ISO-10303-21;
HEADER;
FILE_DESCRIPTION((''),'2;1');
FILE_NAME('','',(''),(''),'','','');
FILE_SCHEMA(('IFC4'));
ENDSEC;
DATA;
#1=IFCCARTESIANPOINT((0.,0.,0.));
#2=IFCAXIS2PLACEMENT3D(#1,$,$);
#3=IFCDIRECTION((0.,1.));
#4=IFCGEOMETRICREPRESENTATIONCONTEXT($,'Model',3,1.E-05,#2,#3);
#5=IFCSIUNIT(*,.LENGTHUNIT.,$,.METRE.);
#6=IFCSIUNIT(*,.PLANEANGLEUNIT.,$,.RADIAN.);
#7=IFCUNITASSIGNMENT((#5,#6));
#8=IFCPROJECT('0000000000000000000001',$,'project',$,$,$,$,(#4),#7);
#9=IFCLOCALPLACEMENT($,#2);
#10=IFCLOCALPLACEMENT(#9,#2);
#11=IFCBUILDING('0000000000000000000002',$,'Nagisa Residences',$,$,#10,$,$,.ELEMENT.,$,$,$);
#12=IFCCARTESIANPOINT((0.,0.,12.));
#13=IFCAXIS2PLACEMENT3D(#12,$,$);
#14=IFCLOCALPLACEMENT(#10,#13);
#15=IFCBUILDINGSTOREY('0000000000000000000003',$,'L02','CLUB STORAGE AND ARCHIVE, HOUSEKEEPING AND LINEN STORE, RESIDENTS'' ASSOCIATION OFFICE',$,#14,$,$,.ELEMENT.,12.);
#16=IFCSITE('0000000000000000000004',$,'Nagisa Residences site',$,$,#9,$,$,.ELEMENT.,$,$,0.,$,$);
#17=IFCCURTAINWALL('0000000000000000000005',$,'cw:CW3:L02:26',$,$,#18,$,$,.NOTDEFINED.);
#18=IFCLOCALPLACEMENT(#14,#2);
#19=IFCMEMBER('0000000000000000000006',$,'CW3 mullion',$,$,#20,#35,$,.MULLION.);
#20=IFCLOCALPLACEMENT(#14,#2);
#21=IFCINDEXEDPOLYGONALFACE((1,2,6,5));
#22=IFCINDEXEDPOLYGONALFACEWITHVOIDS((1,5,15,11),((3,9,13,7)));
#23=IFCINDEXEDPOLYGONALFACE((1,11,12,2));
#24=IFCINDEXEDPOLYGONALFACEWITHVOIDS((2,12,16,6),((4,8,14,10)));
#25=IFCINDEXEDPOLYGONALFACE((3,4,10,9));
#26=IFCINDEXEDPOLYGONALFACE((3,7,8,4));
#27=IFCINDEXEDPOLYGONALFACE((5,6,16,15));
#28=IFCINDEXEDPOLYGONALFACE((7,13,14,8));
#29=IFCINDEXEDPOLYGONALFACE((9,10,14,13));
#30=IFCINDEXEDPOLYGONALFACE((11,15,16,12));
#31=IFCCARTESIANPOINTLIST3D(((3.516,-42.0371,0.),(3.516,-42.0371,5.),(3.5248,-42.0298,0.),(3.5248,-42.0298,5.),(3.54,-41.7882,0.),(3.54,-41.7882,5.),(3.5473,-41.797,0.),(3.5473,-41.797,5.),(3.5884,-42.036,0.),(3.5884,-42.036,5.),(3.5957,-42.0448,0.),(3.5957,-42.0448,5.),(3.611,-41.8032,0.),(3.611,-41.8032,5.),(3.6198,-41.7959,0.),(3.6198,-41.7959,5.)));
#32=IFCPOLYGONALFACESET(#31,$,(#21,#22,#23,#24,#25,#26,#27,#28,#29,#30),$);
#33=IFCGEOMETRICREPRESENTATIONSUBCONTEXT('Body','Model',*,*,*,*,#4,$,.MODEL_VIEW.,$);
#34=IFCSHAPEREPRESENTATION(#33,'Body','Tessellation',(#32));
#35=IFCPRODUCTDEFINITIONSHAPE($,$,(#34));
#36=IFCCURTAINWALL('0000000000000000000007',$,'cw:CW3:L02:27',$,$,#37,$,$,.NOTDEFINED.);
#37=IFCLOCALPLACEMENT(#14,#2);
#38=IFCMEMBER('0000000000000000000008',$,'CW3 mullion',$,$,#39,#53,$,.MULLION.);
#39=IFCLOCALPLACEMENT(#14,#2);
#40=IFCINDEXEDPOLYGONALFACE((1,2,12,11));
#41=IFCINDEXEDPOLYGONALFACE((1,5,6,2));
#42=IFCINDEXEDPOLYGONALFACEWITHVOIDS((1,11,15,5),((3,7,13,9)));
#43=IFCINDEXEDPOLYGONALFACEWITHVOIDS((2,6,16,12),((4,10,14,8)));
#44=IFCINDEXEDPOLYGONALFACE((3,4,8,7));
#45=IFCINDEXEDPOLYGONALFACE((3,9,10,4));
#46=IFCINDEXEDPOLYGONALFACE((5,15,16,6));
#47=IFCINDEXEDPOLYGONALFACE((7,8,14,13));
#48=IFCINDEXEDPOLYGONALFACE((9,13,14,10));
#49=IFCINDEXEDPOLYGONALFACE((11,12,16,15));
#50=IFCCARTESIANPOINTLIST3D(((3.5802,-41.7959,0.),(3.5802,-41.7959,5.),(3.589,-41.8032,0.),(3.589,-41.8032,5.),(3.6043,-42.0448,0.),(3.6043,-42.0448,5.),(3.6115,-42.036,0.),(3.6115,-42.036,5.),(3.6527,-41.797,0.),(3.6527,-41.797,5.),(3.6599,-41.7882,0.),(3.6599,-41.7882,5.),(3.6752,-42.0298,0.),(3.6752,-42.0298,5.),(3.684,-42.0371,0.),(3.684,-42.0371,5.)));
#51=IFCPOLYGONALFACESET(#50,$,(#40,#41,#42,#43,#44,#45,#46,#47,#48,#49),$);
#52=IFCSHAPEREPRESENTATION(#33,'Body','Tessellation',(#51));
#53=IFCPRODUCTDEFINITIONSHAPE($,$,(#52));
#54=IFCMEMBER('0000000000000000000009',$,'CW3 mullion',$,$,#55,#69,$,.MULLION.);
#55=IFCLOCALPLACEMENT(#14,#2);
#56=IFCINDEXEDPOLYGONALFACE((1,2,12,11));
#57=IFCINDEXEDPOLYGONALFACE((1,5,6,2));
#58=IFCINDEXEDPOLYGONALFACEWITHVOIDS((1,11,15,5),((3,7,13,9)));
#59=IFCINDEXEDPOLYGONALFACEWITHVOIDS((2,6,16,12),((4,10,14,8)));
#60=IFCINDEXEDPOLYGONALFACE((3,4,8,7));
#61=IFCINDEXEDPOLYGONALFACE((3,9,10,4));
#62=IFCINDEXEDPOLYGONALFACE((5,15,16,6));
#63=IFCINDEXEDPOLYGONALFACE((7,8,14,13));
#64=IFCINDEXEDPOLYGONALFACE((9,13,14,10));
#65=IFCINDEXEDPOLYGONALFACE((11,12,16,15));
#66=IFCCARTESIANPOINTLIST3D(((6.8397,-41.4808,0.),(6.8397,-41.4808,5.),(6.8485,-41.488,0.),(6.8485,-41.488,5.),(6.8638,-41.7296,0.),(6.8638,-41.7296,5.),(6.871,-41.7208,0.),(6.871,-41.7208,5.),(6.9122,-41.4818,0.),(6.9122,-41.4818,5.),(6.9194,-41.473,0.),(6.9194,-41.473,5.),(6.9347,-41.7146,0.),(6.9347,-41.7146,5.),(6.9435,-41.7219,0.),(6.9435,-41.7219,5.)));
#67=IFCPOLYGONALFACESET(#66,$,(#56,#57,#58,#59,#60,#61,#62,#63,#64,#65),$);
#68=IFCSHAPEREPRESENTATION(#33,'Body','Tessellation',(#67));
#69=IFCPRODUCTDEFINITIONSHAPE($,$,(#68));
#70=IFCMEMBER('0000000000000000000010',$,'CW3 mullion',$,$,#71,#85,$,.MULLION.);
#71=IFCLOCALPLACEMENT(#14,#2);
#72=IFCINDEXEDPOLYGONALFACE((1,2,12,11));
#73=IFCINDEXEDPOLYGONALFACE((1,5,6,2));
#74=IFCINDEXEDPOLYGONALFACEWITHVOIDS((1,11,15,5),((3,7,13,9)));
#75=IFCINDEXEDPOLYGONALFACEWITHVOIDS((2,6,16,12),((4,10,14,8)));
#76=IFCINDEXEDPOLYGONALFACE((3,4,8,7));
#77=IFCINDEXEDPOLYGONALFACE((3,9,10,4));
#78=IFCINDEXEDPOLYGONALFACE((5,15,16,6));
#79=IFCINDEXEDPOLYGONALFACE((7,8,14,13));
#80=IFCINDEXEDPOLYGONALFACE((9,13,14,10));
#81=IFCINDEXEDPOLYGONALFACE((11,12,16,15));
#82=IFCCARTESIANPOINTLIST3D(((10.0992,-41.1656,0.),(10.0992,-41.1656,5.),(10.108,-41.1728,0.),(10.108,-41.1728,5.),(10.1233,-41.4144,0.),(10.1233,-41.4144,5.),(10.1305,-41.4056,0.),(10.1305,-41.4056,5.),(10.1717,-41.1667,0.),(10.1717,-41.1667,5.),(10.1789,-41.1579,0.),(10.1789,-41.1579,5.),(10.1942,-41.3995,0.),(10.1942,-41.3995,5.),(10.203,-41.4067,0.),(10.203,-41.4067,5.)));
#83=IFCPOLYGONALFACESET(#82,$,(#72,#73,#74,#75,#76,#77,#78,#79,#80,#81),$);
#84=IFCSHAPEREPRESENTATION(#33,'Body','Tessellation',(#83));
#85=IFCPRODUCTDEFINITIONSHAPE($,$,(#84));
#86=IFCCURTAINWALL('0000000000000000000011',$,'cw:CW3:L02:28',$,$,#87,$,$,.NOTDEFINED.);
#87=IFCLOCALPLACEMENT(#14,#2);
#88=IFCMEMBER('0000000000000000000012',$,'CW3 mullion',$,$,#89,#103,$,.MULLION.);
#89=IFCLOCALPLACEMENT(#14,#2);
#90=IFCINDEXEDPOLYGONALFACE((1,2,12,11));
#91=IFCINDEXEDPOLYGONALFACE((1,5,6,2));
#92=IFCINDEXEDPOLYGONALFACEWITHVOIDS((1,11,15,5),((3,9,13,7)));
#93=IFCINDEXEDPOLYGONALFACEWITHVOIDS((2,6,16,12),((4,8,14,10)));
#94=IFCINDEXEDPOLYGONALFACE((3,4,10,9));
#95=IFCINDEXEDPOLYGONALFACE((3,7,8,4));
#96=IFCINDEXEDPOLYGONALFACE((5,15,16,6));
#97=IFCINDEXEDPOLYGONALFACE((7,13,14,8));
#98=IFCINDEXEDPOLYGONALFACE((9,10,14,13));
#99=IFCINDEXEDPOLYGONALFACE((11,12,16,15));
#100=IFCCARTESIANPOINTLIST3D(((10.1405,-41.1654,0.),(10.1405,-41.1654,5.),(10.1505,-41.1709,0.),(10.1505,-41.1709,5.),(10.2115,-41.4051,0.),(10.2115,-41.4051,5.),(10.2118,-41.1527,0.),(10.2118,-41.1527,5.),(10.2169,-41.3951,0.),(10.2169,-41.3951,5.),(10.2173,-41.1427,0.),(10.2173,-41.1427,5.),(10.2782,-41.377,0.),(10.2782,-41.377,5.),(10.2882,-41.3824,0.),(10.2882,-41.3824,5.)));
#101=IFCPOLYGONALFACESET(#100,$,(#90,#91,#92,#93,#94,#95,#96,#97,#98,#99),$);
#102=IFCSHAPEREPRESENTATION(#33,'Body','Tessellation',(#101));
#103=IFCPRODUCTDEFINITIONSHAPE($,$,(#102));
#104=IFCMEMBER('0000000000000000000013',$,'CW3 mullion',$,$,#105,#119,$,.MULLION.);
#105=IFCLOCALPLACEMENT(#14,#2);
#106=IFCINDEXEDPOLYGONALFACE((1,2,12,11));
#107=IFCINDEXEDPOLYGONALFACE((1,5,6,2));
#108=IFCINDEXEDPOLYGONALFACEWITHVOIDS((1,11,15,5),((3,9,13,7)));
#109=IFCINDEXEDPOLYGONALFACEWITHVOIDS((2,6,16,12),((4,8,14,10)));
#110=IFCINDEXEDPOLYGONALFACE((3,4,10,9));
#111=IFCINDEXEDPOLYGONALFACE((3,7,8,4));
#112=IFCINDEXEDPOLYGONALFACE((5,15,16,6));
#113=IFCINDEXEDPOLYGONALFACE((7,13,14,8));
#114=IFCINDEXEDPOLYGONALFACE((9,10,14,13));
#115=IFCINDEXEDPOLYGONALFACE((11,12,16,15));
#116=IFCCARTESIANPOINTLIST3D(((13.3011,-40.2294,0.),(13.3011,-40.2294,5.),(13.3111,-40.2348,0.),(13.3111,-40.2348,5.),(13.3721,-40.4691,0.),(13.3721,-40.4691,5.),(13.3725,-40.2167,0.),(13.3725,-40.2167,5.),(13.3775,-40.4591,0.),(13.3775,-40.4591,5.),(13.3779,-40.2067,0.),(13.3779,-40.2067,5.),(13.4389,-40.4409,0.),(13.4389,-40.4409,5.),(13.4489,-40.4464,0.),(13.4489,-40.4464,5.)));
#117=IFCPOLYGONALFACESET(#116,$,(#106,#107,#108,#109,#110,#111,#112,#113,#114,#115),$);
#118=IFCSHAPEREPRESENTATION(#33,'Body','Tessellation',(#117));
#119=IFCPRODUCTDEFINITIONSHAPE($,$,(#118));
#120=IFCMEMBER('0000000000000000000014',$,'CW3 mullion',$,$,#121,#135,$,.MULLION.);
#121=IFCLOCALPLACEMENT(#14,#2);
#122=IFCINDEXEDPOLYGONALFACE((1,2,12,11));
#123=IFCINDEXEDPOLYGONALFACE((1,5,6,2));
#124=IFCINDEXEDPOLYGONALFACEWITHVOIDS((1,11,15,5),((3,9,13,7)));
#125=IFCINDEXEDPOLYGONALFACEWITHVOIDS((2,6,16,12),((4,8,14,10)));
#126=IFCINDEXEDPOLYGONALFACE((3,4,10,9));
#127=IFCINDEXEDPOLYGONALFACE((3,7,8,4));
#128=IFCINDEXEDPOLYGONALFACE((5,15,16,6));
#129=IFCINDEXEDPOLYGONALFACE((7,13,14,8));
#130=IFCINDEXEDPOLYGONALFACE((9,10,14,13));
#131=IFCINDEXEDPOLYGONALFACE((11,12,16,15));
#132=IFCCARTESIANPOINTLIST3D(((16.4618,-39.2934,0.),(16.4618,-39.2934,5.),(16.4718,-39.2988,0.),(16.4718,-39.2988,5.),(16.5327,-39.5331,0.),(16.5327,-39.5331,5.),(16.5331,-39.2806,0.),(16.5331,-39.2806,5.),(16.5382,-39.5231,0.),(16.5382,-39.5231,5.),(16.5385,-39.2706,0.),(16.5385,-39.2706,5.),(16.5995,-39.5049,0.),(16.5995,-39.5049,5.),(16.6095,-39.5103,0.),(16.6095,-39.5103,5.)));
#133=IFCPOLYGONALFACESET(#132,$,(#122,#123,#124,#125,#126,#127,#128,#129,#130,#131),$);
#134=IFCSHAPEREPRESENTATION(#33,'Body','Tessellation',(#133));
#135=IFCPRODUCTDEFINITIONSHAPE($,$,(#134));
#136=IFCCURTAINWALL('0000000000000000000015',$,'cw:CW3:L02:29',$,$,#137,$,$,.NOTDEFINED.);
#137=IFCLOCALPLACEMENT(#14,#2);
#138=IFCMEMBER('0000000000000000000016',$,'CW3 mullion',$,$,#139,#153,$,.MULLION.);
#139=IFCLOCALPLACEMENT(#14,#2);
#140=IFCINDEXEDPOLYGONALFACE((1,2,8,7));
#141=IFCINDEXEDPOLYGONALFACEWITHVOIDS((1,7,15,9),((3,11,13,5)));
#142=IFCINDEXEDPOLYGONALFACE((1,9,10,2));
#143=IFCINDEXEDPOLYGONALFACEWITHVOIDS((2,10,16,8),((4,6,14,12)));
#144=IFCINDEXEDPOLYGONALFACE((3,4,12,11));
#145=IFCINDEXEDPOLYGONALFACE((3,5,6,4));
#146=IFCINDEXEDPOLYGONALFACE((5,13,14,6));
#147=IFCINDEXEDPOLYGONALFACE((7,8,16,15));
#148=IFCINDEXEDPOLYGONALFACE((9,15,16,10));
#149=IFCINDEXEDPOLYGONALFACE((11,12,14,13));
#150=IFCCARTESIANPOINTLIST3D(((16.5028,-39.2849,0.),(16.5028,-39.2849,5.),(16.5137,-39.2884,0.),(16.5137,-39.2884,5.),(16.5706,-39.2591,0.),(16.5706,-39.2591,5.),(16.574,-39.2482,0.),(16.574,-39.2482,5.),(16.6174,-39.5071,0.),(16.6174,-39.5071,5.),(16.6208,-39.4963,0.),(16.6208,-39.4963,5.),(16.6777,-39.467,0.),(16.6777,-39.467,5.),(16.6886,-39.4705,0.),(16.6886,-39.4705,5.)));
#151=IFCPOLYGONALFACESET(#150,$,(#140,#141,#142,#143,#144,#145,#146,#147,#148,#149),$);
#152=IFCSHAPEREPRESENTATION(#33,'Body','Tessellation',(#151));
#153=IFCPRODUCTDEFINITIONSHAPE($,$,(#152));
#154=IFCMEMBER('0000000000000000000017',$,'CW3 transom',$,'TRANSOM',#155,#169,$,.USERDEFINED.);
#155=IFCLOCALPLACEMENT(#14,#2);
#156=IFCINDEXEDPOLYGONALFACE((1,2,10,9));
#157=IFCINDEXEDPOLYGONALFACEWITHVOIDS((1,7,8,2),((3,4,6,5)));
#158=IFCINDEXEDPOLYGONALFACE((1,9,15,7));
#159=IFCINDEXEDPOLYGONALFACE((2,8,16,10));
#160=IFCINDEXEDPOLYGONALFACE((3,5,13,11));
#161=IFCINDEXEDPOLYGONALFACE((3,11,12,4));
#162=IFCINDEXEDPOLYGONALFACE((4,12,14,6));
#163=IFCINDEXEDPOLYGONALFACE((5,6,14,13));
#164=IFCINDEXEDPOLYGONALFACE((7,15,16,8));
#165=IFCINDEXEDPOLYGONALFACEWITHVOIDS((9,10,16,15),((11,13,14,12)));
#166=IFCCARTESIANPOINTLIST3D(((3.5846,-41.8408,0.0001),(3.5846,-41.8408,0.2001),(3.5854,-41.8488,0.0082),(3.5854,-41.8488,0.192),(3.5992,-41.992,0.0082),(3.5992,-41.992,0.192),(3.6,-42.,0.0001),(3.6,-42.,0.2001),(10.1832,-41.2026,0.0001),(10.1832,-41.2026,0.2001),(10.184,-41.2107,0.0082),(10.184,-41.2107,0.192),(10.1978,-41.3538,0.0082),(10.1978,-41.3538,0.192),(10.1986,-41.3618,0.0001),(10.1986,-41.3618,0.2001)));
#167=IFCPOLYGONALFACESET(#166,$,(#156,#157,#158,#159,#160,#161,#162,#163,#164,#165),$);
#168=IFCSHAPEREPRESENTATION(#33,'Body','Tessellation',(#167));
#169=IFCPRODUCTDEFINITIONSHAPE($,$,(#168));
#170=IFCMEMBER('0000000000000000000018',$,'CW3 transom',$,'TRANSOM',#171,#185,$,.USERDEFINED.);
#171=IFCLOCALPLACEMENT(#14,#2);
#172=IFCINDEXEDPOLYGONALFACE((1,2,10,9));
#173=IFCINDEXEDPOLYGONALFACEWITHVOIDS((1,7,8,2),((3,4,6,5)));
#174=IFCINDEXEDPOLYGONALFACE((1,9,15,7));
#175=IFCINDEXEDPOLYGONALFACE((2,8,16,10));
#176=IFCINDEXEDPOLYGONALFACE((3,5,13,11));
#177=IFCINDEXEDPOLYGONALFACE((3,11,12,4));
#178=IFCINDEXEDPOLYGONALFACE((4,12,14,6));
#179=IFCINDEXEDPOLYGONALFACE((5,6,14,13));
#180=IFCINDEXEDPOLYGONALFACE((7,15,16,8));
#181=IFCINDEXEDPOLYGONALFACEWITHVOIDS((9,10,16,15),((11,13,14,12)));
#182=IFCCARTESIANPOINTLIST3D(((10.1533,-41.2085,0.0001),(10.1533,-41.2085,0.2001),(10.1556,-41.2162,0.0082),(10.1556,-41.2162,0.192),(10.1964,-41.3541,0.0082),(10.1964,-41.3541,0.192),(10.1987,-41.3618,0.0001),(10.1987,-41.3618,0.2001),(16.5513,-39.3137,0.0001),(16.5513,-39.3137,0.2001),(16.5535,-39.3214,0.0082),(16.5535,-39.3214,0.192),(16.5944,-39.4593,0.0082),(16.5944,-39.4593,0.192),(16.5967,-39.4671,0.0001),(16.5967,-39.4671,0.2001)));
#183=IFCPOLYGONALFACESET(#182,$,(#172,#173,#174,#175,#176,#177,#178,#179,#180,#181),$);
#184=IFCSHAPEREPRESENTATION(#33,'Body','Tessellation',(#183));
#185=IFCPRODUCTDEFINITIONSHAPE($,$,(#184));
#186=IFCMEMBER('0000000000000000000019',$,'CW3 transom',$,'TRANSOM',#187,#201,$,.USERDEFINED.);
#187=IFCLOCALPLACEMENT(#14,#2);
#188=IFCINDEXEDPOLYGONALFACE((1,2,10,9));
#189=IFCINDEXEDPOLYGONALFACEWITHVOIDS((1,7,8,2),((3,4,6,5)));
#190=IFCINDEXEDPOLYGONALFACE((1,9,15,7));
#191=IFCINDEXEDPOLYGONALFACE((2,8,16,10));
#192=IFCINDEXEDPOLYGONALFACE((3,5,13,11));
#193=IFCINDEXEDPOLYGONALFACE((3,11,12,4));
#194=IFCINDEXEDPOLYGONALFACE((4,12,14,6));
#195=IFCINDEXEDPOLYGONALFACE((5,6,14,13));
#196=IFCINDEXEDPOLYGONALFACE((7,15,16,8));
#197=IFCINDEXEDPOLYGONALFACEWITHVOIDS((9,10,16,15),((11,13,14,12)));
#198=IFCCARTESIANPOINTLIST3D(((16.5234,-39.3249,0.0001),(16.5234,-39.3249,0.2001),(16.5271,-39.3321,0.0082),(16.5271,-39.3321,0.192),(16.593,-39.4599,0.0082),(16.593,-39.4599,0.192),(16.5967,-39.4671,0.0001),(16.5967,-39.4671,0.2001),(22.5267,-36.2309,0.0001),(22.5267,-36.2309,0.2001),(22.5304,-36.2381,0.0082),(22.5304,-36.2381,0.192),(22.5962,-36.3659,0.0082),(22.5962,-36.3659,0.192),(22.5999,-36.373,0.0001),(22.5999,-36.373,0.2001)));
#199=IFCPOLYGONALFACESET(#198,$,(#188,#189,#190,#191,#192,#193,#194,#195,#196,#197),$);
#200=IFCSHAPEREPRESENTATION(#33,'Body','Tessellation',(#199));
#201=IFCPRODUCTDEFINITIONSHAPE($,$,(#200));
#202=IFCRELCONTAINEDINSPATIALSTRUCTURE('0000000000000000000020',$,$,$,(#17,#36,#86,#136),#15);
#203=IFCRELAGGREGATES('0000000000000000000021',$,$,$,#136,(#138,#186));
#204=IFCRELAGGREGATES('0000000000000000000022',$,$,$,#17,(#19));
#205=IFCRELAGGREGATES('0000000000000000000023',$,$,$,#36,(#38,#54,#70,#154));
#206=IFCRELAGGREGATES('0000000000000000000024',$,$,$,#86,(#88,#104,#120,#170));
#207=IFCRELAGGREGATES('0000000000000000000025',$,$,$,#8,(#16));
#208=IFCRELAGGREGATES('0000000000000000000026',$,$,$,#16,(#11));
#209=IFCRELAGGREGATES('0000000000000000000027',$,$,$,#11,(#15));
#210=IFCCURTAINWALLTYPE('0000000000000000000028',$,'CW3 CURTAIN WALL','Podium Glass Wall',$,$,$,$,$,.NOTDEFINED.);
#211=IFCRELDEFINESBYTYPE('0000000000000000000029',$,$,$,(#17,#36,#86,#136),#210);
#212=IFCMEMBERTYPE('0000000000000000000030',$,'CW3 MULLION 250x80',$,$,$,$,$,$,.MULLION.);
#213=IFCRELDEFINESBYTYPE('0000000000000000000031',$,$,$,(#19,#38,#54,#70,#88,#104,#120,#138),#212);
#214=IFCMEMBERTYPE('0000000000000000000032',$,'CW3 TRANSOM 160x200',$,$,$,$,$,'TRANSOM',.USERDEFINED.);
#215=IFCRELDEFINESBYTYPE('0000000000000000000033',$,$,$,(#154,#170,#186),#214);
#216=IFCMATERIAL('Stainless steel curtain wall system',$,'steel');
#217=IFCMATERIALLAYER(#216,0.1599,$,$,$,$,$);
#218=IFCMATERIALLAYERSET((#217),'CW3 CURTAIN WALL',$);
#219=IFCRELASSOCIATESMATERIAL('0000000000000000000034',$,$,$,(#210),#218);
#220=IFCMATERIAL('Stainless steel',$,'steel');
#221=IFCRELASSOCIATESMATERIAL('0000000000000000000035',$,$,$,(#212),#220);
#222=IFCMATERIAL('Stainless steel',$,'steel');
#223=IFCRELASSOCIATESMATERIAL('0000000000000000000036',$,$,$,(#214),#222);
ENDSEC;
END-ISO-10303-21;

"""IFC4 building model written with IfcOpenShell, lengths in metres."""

from ifc_helpers import new_model, si_unit, direction, frame, origin, origin_2d, place, context, subcontext, project, spatial, hollow_rectangle, extrude, material, layer, layer_set, material_profile, profile_set, type_object, element, aggregate, save


model = new_model("IFC4")

# Units and contexts
model_context = context("Model", 3, precision=1e-05, world=origin(), true_north=direction((0.0, 1.0)))
body_context = subcontext(model_context, "Body", "Model", "MODEL_VIEW")
ifc_project = project(units=[si_unit("LENGTHUNIT", "METRE"), si_unit("PLANEANGLEUNIT", "RADIAN")], contexts=[model_context])

# Site, building, storey
site_placement = place(None, origin())
site = spatial("IfcSite", under=ifc_project, at=site_placement, Name="Nagisa Residences site", CompositionType="ELEMENT", RefElevation=0.0)
building_placement = place(site_placement, origin())
building = spatial("IfcBuilding", under=site, at=building_placement, Name="Nagisa Residences", CompositionType="ELEMENT")
storey_placement = place(building_placement, frame((0.0, 0.0, 12.0)))
storey = spatial("IfcBuildingStorey", under=building, at=storey_placement, Name="L02", Description="CLUB STORAGE AND ARCHIVE, HOUSEKEEPING AND LINEN STORE, RESIDENTS' ASSOCIATION OFFICE", CompositionType="ELEMENT", Elevation=12.0)

# Curtain wall, member
ifc_material_1 = material(Name="Stainless steel curtain wall system", Category="steel")
ifc_layer_1 = layer(ifc_material_1, 0.1599)
ifc_layer_set_1 = layer_set([ifc_layer_1], Name="CW3 CURTAIN WALL")
curtain_wall_type_1 = type_object("IfcCurtainWallType", Name="CW3 CURTAIN WALL", Description="Podium Glass Wall", PredefinedType="NOTDEFINED", material=ifc_layer_set_1)
curtain_wall_1_placement = place(storey_placement, origin())
curtain_wall_1 = element("IfcCurtainWall", 1, at=curtain_wall_1_placement, inside=storey, type_object=curtain_wall_type_1, Name="cw:CW3:L02:26", PredefinedType="NOTDEFINED")
ifc_material_2 = material(Name="Stainless steel", Category="steel")
ifc_material_profile_1 = material_profile(ifc_material_2, hollow_rectangle(XDim=0.25, YDim=0.0801, WallThickness=0.0081, at=origin_2d()), Name="CW3 MULLION 250x80")
ifc_profile_set_1 = profile_set([ifc_material_profile_1], Name="Stainless steel")
member_type_1 = type_object("IfcMemberType", Name="CW3 MULLION 250x80", PredefinedType="MULLION", material=ifc_profile_set_1)
member_1_placement = place(storey_placement, frame((3.5679, -41.9165, 0.0), z_axis=(0.0, 0.0, 1.0), x_axis=(0.096249, 0.995357, 0.0)))
member_1 = element("IfcMember", 2, at=member_1_placement, type_object=member_type_1, Name="CW3 mullion", PredefinedType="MULLION", context=body_context, shape_type="SweptSolid", body=[
    extrude(hollow_rectangle(XDim=0.25, YDim=0.0801, WallThickness=0.0081, at=origin_2d()), origin(), (0.0, 0.0, 1.0), 5.0),
])

# Curtain walls, members
curtain_wall_2_placement = place(storey_placement, origin())
curtain_wall_2 = element("IfcCurtainWall", 3, at=curtain_wall_2_placement, inside=storey, type_object=curtain_wall_type_1, Name="cw:CW3:L02:27", PredefinedType="NOTDEFINED")
member_2_placement = place(storey_placement, frame((3.6321, -41.9165, 0.0), z_axis=(0.0, 0.0, 1.0), x_axis=(-0.096249, 0.995357, 0.0)))
member_2 = element("IfcMember", 4, at=member_2_placement, type_object=member_type_1, Name="CW3 mullion", PredefinedType="MULLION", context=body_context, shape_type="SweptSolid", body=[
    extrude(hollow_rectangle(XDim=0.25, YDim=0.0801, WallThickness=0.0081, at=origin_2d()), origin(), (0.0, 0.0, 1.0), 5.0),
])
member_3_placement = place(storey_placement, frame((6.8916, -41.6013, 0.0), z_axis=(0.0, 0.0, 1.0), x_axis=(-0.096249, 0.995357, 0.0)))
member_3 = element("IfcMember", 5, at=member_3_placement, type_object=member_type_1, Name="CW3 mullion", PredefinedType="MULLION", context=body_context, shape_type="SweptSolid", body=[
    extrude(hollow_rectangle(XDim=0.25, YDim=0.0801, WallThickness=0.0081, at=origin_2d()), origin(), (0.0, 0.0, 1.0), 5.0),
])
member_4_placement = place(storey_placement, frame((10.1511, -41.2861, 0.0), z_axis=(0.0, 0.0, 1.0), x_axis=(-0.096249, 0.995357, 0.0)))
member_4 = element("IfcMember", 6, at=member_4_placement, type_object=member_type_1, Name="CW3 mullion", PredefinedType="MULLION", context=body_context, shape_type="SweptSolid", body=[
    extrude(hollow_rectangle(XDim=0.25, YDim=0.0801, WallThickness=0.0081, at=origin_2d()), origin(), (0.0, 0.0, 1.0), 5.0),
])
curtain_wall_3_placement = place(storey_placement, origin())
curtain_wall_3 = element("IfcCurtainWall", 7, at=curtain_wall_3_placement, inside=storey, type_object=curtain_wall_type_1, Name="cw:CW3:L02:28", PredefinedType="NOTDEFINED")
member_5_placement = place(storey_placement, frame((10.2144, -41.2739, 0.0), z_axis=(0.0, 0.0, 1.0), x_axis=(-0.283963, 0.958835, 0.0)))
member_5 = element("IfcMember", 8, at=member_5_placement, type_object=member_type_1, Name="CW3 mullion", PredefinedType="MULLION", context=body_context, shape_type="SweptSolid", body=[
    extrude(hollow_rectangle(XDim=0.25, YDim=0.0801, WallThickness=0.0081, at=origin_2d()), origin(), (0.0, 0.0, 1.0), 5.0),
])
member_6_placement = place(storey_placement, frame((13.375, -40.3379, 0.0), z_axis=(0.0, 0.0, 1.0), x_axis=(-0.283963, 0.958835, 0.0)))
member_6 = element("IfcMember", 9, at=member_6_placement, type_object=member_type_1, Name="CW3 mullion", PredefinedType="MULLION", context=body_context, shape_type="SweptSolid", body=[
    extrude(hollow_rectangle(XDim=0.25, YDim=0.0801, WallThickness=0.0081, at=origin_2d()), origin(), (0.0, 0.0, 1.0), 5.0),
])
member_7_placement = place(storey_placement, frame((16.5356, -39.4019, 0.0), z_axis=(0.0, 0.0, 1.0), x_axis=(-0.283963, 0.958835, 0.0)))
member_7 = element("IfcMember", 10, at=member_7_placement, type_object=member_type_1, Name="CW3 mullion", PredefinedType="MULLION", context=body_context, shape_type="SweptSolid", body=[
    extrude(hollow_rectangle(XDim=0.25, YDim=0.0801, WallThickness=0.0081, at=origin_2d()), origin(), (0.0, 0.0, 1.0), 5.0),
])

# Curtain wall, member
curtain_wall_4_placement = place(storey_placement, origin())
curtain_wall_4 = element("IfcCurtainWall", 11, at=curtain_wall_4_placement, inside=storey, type_object=curtain_wall_type_1, Name="cw:CW3:L02:29", PredefinedType="NOTDEFINED")
member_8_placement = place(storey_placement, frame((16.5957, -39.3777, 0.0), z_axis=(0.0, 0.0, 1.0), x_axis=(-0.458126, 0.888887, 0.0)))
member_8 = element("IfcMember", 12, at=member_8_placement, type_object=member_type_1, Name="CW3 mullion", PredefinedType="MULLION", context=body_context, shape_type="SweptSolid", body=[
    extrude(hollow_rectangle(XDim=0.25, YDim=0.0801, WallThickness=0.0081, at=origin_2d()), origin(), (0.0, 0.0, 1.0), 5.0),
])

# Members
ifc_material_3 = material(Name="Stainless steel", Category="steel")
ifc_material_profile_2 = material_profile(ifc_material_3, hollow_rectangle(XDim=0.1599, YDim=0.2, WallThickness=0.0081, at=origin_2d()), Name="CW3 TRANSOM 160x200")
ifc_profile_set_2 = profile_set([ifc_material_profile_2], Name="Stainless steel")
member_type_2 = type_object("IfcMemberType", Name="CW3 TRANSOM 160x200", ElementType="TRANSOM", PredefinedType="USERDEFINED", material=ifc_profile_set_2)
member_9_placement = place(storey_placement, frame((3.5923, -41.9204, 0.1001), z_axis=(0.995356, 0.096265, 0.0), x_axis=(-0.096265, 0.995356, 0.0)))
member_9 = element("IfcMember", 13, at=member_9_placement, type_object=member_type_2, Name="CW3 transom", ObjectType="TRANSOM", PredefinedType="USERDEFINED", context=body_context, shape_type="SweptSolid", body=[
    extrude(hollow_rectangle(XDim=0.1599, YDim=0.2, WallThickness=0.0081, at=origin_2d()), origin(), (0.0, 0.0, 1.0), 6.6294),
])
member_10_placement = place(storey_placement, frame((10.176, -41.2852, 0.1001), z_axis=(0.958835, 0.283963, 0.0), x_axis=(-0.283963, 0.958835, 0.0)))
member_10 = element("IfcMember", 14, at=member_10_placement, type_object=member_type_2, Name="CW3 transom", ObjectType="TRANSOM", PredefinedType="USERDEFINED", context=body_context, shape_type="SweptSolid", body=[
    extrude(hollow_rectangle(XDim=0.1599, YDim=0.2, WallThickness=0.0081, at=origin_2d()), origin(), (0.0, 0.0, 1.0), 6.6726),
])
member_11_placement = place(storey_placement, frame((16.5601, -39.396, 0.1001), z_axis=(0.888887, 0.458126, 0.0), x_axis=(-0.458126, 0.888887, 0.0)))
member_11 = element("IfcMember", 15, at=member_11_placement, type_object=member_type_2, Name="CW3 transom", ObjectType="TRANSOM", PredefinedType="USERDEFINED", context=body_context, shape_type="SweptSolid", body=[
    extrude(hollow_rectangle(XDim=0.1599, YDim=0.2, WallThickness=0.0081, at=origin_2d()), origin(), (0.0, 0.0, 1.0), 6.7537),
])
aggregate(curtain_wall_4, [member_8, member_11])

aggregate(curtain_wall_1, [member_1])
aggregate(curtain_wall_2, [member_2, member_3, member_4, member_9])
aggregate(curtain_wall_3, [member_5, member_6, member_7, member_10])

save(model, "model.ifc")
